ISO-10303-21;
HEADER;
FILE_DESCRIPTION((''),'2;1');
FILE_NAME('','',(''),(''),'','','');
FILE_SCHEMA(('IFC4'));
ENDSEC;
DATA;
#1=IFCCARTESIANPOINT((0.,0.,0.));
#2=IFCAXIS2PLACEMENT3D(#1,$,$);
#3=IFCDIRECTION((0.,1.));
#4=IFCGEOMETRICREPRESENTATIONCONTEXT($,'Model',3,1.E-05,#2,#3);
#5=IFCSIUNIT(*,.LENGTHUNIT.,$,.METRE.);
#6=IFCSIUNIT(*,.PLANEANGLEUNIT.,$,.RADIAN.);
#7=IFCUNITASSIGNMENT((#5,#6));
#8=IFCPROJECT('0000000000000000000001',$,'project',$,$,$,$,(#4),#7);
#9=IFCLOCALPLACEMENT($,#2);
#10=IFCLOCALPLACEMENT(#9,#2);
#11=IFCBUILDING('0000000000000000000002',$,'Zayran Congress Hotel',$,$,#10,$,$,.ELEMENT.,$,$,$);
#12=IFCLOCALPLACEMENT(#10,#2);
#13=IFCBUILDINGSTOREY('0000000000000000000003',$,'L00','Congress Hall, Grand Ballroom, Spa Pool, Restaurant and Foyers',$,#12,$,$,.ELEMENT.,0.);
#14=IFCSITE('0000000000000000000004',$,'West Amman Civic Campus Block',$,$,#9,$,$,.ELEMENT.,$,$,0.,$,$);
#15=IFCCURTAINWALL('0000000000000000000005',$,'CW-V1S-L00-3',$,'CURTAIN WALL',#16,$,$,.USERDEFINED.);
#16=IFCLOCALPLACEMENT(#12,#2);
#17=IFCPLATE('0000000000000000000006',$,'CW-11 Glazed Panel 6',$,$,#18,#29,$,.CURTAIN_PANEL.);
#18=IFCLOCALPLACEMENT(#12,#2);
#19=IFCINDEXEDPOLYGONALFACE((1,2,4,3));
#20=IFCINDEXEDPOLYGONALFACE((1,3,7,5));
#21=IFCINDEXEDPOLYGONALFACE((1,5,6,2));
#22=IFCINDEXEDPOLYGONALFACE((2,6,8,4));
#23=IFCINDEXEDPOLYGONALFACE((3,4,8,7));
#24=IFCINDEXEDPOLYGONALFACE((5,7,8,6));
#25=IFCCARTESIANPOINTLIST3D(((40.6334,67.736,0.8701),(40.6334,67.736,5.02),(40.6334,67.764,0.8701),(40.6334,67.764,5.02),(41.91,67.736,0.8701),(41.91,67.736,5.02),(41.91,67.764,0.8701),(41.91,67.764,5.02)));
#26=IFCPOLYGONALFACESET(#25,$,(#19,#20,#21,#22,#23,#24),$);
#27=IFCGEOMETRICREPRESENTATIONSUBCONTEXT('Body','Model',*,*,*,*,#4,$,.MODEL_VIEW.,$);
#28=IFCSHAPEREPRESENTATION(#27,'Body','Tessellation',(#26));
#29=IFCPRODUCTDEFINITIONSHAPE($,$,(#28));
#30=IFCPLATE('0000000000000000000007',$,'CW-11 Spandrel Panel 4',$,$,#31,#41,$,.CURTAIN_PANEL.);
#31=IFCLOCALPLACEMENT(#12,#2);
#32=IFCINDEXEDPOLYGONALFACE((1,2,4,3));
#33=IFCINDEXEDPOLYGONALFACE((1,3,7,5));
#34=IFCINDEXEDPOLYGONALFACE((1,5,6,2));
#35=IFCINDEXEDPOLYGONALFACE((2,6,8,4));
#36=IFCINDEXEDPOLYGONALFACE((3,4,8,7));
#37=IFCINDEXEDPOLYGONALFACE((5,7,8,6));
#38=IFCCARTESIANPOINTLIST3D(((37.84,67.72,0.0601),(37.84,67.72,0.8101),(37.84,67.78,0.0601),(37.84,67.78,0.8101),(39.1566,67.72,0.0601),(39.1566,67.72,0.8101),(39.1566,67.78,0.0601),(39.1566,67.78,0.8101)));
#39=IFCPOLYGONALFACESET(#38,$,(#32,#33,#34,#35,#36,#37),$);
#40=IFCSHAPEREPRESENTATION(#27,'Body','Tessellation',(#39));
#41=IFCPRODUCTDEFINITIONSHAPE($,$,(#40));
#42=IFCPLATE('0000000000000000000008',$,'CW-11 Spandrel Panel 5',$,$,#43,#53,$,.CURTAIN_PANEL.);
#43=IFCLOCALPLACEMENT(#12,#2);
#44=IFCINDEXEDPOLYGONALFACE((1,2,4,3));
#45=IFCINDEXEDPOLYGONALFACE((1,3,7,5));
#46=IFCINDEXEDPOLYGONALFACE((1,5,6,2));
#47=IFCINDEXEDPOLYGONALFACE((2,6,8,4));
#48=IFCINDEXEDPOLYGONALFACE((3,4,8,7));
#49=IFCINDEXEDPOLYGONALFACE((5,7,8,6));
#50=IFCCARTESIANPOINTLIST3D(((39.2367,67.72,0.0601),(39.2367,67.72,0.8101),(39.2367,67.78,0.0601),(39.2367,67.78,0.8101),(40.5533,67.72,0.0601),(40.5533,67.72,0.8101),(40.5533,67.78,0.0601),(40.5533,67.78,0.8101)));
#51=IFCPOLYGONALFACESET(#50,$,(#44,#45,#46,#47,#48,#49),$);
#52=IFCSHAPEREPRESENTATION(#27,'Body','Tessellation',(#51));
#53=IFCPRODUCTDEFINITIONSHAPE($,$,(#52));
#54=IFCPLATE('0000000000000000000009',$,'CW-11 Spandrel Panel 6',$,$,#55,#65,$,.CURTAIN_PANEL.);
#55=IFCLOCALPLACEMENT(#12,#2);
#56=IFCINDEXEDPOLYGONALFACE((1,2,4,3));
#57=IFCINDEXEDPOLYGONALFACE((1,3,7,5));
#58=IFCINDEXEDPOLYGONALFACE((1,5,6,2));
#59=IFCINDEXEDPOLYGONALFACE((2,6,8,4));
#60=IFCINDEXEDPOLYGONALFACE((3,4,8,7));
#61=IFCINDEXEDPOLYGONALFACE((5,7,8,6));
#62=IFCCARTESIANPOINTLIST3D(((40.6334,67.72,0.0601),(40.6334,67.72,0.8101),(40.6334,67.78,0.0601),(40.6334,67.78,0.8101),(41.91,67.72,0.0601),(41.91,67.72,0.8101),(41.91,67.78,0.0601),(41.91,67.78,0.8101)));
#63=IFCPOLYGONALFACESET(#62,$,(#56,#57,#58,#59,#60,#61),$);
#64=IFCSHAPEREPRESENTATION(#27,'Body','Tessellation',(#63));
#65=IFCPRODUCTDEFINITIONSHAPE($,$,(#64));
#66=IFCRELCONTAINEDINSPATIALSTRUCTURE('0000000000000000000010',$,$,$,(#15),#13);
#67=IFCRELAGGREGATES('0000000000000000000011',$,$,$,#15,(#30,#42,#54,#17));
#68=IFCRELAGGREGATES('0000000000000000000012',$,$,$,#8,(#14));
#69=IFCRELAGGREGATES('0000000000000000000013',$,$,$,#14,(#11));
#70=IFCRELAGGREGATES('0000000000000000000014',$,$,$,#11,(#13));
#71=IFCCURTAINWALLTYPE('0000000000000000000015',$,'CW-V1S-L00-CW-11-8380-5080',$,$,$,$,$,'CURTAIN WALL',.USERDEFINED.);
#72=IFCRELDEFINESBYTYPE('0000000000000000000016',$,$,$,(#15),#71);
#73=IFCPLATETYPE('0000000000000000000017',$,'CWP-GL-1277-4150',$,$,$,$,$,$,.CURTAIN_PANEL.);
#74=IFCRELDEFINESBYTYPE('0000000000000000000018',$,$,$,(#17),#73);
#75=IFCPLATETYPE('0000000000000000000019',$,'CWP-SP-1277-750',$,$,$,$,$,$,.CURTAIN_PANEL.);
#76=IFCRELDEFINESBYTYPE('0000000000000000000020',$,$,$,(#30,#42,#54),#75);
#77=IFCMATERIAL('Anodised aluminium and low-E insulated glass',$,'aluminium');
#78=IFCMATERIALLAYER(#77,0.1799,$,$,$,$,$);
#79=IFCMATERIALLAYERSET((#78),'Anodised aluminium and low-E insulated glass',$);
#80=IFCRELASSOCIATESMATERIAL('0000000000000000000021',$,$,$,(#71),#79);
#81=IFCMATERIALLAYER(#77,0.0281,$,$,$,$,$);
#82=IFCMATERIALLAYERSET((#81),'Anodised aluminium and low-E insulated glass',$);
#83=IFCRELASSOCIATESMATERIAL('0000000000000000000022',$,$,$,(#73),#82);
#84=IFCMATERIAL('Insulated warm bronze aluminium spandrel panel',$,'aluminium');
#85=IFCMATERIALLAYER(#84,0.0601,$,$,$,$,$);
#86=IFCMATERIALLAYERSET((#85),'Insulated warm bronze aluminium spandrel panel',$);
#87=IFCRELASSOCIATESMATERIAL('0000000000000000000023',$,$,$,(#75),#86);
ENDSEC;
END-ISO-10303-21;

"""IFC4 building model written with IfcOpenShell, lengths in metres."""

from ifc_helpers import new_model, si_unit, direction, frame, origin, origin_2d, place, context, subcontext, project, spatial, rectangle, extrude, material, layer, layer_set, type_object, element, aggregate, save


model = new_model("IFC4")

# Units and contexts
model_context = context("Model", 3, precision=1e-05, world=origin(), true_north=direction((0.0, 1.0)))
body_context = subcontext(model_context, "Body", "Model", "MODEL_VIEW")
ifc_project = project(units=[si_unit("LENGTHUNIT", "METRE"), si_unit("PLANEANGLEUNIT", "RADIAN")], contexts=[model_context])

# Site, building, storey
site_placement = place(None, origin())
site = spatial("IfcSite", under=ifc_project, at=site_placement, Name="West Amman Civic Campus Block", CompositionType="ELEMENT", RefElevation=0.0)
building_placement = place(site_placement, origin())
building = spatial("IfcBuilding", under=site, at=building_placement, Name="Zayran Congress Hotel", CompositionType="ELEMENT")
storey_placement = place(building_placement, origin())
storey = spatial("IfcBuildingStorey", under=building, at=storey_placement, Name="L00", Description="Congress Hall, Grand Ballroom, Spa Pool, Restaurant and Foyers", CompositionType="ELEMENT", Elevation=0.0)

# Curtain wall, plates
ifc_material_1 = material(Name="Anodised aluminium and low-E insulated glass", Category="aluminium")
ifc_layer_1 = layer(ifc_material_1, 0.1799)
ifc_layer_set_1 = layer_set([ifc_layer_1], Name="Anodised aluminium and low-E insulated glass")
curtain_wall_type = type_object("IfcCurtainWallType", Name="CW-V1S-L00-CW-11-8380-5080", ElementType="CURTAIN WALL", PredefinedType="USERDEFINED", material=ifc_layer_set_1)
curtain_wall_placement = place(storey_placement, origin())
curtain_wall = element("IfcCurtainWall", 1, at=curtain_wall_placement, inside=storey, type_object=curtain_wall_type, Name="CW-V1S-L00-3", ObjectType="CURTAIN WALL", PredefinedType="USERDEFINED")
ifc_layer_2 = layer(ifc_material_1, 0.0281)
ifc_layer_set_2 = layer_set([ifc_layer_2], Name="Anodised aluminium and low-E insulated glass")
plate_type_1 = type_object("IfcPlateType", Name="CWP-GL-1277-4150", PredefinedType="CURTAIN_PANEL", material=ifc_layer_set_2)
plate_1_placement = place(storey_placement, frame((41.2717, 67.75, 0.8701), z_axis=(0.0, 0.0, 1.0), x_axis=(1.0, 0.0, 0.0)))
plate_1 = element("IfcPlate", 2, at=plate_1_placement, type_object=plate_type_1, Name="CW-11 Glazed Panel 6", PredefinedType="CURTAIN_PANEL", context=body_context, shape_type="SweptSolid", body=[
    extrude(rectangle(XDim=1.2766, YDim=0.0281, at=origin_2d()), origin(), (0.0, 0.0, 1.0), 4.1499),
])
ifc_material_2 = material(Name="Insulated warm bronze aluminium spandrel panel", Category="aluminium")
ifc_layer_3 = layer(ifc_material_2, 0.0601)
ifc_layer_set_3 = layer_set([ifc_layer_3], Name="Insulated warm bronze aluminium spandrel panel")
plate_type_2 = type_object("IfcPlateType", Name="CWP-SP-1277-750", PredefinedType="CURTAIN_PANEL", material=ifc_layer_set_3)
plate_2_placement = place(storey_placement, frame((38.4983, 67.75, 0.0601), z_axis=(0.0, 0.0, 1.0), x_axis=(1.0, 0.0, 0.0)))
plate_2 = element("IfcPlate", 3, at=plate_2_placement, type_object=plate_type_2, Name="CW-11 Spandrel Panel 4", PredefinedType="CURTAIN_PANEL", context=body_context, shape_type="SweptSolid", body=[
    extrude(rectangle(XDim=1.3167, YDim=0.0601, at=origin_2d()), origin(), (0.0, 0.0, 1.0), 0.75),
])
plate_3_placement = place(storey_placement, frame((39.895, 67.75, 0.0601), z_axis=(0.0, 0.0, 1.0), x_axis=(1.0, 0.0, 0.0)))
plate_3 = element("IfcPlate", 4, at=plate_3_placement, type_object=plate_type_2, Name="CW-11 Spandrel Panel 5", PredefinedType="CURTAIN_PANEL", context=body_context, shape_type="SweptSolid", body=[
    extrude(rectangle(XDim=1.3167, YDim=0.0601, at=origin_2d()), origin(), (0.0, 0.0, 1.0), 0.75),
])
plate_4_placement = place(storey_placement, frame((41.2717, 67.75, 0.0601), z_axis=(0.0, 0.0, 1.0), x_axis=(1.0, 0.0, 0.0)))
plate_4 = element("IfcPlate", 5, at=plate_4_placement, type_object=plate_type_2, Name="CW-11 Spandrel Panel 6", PredefinedType="CURTAIN_PANEL", context=body_context, shape_type="SweptSolid", body=[
    extrude(rectangle(XDim=1.2766, YDim=0.0601, at=origin_2d()), origin(), (0.0, 0.0, 1.0), 0.75),
])
aggregate(curtain_wall, [plate_2, plate_3, plate_4, plate_1])

save(model, "model.ifc")
